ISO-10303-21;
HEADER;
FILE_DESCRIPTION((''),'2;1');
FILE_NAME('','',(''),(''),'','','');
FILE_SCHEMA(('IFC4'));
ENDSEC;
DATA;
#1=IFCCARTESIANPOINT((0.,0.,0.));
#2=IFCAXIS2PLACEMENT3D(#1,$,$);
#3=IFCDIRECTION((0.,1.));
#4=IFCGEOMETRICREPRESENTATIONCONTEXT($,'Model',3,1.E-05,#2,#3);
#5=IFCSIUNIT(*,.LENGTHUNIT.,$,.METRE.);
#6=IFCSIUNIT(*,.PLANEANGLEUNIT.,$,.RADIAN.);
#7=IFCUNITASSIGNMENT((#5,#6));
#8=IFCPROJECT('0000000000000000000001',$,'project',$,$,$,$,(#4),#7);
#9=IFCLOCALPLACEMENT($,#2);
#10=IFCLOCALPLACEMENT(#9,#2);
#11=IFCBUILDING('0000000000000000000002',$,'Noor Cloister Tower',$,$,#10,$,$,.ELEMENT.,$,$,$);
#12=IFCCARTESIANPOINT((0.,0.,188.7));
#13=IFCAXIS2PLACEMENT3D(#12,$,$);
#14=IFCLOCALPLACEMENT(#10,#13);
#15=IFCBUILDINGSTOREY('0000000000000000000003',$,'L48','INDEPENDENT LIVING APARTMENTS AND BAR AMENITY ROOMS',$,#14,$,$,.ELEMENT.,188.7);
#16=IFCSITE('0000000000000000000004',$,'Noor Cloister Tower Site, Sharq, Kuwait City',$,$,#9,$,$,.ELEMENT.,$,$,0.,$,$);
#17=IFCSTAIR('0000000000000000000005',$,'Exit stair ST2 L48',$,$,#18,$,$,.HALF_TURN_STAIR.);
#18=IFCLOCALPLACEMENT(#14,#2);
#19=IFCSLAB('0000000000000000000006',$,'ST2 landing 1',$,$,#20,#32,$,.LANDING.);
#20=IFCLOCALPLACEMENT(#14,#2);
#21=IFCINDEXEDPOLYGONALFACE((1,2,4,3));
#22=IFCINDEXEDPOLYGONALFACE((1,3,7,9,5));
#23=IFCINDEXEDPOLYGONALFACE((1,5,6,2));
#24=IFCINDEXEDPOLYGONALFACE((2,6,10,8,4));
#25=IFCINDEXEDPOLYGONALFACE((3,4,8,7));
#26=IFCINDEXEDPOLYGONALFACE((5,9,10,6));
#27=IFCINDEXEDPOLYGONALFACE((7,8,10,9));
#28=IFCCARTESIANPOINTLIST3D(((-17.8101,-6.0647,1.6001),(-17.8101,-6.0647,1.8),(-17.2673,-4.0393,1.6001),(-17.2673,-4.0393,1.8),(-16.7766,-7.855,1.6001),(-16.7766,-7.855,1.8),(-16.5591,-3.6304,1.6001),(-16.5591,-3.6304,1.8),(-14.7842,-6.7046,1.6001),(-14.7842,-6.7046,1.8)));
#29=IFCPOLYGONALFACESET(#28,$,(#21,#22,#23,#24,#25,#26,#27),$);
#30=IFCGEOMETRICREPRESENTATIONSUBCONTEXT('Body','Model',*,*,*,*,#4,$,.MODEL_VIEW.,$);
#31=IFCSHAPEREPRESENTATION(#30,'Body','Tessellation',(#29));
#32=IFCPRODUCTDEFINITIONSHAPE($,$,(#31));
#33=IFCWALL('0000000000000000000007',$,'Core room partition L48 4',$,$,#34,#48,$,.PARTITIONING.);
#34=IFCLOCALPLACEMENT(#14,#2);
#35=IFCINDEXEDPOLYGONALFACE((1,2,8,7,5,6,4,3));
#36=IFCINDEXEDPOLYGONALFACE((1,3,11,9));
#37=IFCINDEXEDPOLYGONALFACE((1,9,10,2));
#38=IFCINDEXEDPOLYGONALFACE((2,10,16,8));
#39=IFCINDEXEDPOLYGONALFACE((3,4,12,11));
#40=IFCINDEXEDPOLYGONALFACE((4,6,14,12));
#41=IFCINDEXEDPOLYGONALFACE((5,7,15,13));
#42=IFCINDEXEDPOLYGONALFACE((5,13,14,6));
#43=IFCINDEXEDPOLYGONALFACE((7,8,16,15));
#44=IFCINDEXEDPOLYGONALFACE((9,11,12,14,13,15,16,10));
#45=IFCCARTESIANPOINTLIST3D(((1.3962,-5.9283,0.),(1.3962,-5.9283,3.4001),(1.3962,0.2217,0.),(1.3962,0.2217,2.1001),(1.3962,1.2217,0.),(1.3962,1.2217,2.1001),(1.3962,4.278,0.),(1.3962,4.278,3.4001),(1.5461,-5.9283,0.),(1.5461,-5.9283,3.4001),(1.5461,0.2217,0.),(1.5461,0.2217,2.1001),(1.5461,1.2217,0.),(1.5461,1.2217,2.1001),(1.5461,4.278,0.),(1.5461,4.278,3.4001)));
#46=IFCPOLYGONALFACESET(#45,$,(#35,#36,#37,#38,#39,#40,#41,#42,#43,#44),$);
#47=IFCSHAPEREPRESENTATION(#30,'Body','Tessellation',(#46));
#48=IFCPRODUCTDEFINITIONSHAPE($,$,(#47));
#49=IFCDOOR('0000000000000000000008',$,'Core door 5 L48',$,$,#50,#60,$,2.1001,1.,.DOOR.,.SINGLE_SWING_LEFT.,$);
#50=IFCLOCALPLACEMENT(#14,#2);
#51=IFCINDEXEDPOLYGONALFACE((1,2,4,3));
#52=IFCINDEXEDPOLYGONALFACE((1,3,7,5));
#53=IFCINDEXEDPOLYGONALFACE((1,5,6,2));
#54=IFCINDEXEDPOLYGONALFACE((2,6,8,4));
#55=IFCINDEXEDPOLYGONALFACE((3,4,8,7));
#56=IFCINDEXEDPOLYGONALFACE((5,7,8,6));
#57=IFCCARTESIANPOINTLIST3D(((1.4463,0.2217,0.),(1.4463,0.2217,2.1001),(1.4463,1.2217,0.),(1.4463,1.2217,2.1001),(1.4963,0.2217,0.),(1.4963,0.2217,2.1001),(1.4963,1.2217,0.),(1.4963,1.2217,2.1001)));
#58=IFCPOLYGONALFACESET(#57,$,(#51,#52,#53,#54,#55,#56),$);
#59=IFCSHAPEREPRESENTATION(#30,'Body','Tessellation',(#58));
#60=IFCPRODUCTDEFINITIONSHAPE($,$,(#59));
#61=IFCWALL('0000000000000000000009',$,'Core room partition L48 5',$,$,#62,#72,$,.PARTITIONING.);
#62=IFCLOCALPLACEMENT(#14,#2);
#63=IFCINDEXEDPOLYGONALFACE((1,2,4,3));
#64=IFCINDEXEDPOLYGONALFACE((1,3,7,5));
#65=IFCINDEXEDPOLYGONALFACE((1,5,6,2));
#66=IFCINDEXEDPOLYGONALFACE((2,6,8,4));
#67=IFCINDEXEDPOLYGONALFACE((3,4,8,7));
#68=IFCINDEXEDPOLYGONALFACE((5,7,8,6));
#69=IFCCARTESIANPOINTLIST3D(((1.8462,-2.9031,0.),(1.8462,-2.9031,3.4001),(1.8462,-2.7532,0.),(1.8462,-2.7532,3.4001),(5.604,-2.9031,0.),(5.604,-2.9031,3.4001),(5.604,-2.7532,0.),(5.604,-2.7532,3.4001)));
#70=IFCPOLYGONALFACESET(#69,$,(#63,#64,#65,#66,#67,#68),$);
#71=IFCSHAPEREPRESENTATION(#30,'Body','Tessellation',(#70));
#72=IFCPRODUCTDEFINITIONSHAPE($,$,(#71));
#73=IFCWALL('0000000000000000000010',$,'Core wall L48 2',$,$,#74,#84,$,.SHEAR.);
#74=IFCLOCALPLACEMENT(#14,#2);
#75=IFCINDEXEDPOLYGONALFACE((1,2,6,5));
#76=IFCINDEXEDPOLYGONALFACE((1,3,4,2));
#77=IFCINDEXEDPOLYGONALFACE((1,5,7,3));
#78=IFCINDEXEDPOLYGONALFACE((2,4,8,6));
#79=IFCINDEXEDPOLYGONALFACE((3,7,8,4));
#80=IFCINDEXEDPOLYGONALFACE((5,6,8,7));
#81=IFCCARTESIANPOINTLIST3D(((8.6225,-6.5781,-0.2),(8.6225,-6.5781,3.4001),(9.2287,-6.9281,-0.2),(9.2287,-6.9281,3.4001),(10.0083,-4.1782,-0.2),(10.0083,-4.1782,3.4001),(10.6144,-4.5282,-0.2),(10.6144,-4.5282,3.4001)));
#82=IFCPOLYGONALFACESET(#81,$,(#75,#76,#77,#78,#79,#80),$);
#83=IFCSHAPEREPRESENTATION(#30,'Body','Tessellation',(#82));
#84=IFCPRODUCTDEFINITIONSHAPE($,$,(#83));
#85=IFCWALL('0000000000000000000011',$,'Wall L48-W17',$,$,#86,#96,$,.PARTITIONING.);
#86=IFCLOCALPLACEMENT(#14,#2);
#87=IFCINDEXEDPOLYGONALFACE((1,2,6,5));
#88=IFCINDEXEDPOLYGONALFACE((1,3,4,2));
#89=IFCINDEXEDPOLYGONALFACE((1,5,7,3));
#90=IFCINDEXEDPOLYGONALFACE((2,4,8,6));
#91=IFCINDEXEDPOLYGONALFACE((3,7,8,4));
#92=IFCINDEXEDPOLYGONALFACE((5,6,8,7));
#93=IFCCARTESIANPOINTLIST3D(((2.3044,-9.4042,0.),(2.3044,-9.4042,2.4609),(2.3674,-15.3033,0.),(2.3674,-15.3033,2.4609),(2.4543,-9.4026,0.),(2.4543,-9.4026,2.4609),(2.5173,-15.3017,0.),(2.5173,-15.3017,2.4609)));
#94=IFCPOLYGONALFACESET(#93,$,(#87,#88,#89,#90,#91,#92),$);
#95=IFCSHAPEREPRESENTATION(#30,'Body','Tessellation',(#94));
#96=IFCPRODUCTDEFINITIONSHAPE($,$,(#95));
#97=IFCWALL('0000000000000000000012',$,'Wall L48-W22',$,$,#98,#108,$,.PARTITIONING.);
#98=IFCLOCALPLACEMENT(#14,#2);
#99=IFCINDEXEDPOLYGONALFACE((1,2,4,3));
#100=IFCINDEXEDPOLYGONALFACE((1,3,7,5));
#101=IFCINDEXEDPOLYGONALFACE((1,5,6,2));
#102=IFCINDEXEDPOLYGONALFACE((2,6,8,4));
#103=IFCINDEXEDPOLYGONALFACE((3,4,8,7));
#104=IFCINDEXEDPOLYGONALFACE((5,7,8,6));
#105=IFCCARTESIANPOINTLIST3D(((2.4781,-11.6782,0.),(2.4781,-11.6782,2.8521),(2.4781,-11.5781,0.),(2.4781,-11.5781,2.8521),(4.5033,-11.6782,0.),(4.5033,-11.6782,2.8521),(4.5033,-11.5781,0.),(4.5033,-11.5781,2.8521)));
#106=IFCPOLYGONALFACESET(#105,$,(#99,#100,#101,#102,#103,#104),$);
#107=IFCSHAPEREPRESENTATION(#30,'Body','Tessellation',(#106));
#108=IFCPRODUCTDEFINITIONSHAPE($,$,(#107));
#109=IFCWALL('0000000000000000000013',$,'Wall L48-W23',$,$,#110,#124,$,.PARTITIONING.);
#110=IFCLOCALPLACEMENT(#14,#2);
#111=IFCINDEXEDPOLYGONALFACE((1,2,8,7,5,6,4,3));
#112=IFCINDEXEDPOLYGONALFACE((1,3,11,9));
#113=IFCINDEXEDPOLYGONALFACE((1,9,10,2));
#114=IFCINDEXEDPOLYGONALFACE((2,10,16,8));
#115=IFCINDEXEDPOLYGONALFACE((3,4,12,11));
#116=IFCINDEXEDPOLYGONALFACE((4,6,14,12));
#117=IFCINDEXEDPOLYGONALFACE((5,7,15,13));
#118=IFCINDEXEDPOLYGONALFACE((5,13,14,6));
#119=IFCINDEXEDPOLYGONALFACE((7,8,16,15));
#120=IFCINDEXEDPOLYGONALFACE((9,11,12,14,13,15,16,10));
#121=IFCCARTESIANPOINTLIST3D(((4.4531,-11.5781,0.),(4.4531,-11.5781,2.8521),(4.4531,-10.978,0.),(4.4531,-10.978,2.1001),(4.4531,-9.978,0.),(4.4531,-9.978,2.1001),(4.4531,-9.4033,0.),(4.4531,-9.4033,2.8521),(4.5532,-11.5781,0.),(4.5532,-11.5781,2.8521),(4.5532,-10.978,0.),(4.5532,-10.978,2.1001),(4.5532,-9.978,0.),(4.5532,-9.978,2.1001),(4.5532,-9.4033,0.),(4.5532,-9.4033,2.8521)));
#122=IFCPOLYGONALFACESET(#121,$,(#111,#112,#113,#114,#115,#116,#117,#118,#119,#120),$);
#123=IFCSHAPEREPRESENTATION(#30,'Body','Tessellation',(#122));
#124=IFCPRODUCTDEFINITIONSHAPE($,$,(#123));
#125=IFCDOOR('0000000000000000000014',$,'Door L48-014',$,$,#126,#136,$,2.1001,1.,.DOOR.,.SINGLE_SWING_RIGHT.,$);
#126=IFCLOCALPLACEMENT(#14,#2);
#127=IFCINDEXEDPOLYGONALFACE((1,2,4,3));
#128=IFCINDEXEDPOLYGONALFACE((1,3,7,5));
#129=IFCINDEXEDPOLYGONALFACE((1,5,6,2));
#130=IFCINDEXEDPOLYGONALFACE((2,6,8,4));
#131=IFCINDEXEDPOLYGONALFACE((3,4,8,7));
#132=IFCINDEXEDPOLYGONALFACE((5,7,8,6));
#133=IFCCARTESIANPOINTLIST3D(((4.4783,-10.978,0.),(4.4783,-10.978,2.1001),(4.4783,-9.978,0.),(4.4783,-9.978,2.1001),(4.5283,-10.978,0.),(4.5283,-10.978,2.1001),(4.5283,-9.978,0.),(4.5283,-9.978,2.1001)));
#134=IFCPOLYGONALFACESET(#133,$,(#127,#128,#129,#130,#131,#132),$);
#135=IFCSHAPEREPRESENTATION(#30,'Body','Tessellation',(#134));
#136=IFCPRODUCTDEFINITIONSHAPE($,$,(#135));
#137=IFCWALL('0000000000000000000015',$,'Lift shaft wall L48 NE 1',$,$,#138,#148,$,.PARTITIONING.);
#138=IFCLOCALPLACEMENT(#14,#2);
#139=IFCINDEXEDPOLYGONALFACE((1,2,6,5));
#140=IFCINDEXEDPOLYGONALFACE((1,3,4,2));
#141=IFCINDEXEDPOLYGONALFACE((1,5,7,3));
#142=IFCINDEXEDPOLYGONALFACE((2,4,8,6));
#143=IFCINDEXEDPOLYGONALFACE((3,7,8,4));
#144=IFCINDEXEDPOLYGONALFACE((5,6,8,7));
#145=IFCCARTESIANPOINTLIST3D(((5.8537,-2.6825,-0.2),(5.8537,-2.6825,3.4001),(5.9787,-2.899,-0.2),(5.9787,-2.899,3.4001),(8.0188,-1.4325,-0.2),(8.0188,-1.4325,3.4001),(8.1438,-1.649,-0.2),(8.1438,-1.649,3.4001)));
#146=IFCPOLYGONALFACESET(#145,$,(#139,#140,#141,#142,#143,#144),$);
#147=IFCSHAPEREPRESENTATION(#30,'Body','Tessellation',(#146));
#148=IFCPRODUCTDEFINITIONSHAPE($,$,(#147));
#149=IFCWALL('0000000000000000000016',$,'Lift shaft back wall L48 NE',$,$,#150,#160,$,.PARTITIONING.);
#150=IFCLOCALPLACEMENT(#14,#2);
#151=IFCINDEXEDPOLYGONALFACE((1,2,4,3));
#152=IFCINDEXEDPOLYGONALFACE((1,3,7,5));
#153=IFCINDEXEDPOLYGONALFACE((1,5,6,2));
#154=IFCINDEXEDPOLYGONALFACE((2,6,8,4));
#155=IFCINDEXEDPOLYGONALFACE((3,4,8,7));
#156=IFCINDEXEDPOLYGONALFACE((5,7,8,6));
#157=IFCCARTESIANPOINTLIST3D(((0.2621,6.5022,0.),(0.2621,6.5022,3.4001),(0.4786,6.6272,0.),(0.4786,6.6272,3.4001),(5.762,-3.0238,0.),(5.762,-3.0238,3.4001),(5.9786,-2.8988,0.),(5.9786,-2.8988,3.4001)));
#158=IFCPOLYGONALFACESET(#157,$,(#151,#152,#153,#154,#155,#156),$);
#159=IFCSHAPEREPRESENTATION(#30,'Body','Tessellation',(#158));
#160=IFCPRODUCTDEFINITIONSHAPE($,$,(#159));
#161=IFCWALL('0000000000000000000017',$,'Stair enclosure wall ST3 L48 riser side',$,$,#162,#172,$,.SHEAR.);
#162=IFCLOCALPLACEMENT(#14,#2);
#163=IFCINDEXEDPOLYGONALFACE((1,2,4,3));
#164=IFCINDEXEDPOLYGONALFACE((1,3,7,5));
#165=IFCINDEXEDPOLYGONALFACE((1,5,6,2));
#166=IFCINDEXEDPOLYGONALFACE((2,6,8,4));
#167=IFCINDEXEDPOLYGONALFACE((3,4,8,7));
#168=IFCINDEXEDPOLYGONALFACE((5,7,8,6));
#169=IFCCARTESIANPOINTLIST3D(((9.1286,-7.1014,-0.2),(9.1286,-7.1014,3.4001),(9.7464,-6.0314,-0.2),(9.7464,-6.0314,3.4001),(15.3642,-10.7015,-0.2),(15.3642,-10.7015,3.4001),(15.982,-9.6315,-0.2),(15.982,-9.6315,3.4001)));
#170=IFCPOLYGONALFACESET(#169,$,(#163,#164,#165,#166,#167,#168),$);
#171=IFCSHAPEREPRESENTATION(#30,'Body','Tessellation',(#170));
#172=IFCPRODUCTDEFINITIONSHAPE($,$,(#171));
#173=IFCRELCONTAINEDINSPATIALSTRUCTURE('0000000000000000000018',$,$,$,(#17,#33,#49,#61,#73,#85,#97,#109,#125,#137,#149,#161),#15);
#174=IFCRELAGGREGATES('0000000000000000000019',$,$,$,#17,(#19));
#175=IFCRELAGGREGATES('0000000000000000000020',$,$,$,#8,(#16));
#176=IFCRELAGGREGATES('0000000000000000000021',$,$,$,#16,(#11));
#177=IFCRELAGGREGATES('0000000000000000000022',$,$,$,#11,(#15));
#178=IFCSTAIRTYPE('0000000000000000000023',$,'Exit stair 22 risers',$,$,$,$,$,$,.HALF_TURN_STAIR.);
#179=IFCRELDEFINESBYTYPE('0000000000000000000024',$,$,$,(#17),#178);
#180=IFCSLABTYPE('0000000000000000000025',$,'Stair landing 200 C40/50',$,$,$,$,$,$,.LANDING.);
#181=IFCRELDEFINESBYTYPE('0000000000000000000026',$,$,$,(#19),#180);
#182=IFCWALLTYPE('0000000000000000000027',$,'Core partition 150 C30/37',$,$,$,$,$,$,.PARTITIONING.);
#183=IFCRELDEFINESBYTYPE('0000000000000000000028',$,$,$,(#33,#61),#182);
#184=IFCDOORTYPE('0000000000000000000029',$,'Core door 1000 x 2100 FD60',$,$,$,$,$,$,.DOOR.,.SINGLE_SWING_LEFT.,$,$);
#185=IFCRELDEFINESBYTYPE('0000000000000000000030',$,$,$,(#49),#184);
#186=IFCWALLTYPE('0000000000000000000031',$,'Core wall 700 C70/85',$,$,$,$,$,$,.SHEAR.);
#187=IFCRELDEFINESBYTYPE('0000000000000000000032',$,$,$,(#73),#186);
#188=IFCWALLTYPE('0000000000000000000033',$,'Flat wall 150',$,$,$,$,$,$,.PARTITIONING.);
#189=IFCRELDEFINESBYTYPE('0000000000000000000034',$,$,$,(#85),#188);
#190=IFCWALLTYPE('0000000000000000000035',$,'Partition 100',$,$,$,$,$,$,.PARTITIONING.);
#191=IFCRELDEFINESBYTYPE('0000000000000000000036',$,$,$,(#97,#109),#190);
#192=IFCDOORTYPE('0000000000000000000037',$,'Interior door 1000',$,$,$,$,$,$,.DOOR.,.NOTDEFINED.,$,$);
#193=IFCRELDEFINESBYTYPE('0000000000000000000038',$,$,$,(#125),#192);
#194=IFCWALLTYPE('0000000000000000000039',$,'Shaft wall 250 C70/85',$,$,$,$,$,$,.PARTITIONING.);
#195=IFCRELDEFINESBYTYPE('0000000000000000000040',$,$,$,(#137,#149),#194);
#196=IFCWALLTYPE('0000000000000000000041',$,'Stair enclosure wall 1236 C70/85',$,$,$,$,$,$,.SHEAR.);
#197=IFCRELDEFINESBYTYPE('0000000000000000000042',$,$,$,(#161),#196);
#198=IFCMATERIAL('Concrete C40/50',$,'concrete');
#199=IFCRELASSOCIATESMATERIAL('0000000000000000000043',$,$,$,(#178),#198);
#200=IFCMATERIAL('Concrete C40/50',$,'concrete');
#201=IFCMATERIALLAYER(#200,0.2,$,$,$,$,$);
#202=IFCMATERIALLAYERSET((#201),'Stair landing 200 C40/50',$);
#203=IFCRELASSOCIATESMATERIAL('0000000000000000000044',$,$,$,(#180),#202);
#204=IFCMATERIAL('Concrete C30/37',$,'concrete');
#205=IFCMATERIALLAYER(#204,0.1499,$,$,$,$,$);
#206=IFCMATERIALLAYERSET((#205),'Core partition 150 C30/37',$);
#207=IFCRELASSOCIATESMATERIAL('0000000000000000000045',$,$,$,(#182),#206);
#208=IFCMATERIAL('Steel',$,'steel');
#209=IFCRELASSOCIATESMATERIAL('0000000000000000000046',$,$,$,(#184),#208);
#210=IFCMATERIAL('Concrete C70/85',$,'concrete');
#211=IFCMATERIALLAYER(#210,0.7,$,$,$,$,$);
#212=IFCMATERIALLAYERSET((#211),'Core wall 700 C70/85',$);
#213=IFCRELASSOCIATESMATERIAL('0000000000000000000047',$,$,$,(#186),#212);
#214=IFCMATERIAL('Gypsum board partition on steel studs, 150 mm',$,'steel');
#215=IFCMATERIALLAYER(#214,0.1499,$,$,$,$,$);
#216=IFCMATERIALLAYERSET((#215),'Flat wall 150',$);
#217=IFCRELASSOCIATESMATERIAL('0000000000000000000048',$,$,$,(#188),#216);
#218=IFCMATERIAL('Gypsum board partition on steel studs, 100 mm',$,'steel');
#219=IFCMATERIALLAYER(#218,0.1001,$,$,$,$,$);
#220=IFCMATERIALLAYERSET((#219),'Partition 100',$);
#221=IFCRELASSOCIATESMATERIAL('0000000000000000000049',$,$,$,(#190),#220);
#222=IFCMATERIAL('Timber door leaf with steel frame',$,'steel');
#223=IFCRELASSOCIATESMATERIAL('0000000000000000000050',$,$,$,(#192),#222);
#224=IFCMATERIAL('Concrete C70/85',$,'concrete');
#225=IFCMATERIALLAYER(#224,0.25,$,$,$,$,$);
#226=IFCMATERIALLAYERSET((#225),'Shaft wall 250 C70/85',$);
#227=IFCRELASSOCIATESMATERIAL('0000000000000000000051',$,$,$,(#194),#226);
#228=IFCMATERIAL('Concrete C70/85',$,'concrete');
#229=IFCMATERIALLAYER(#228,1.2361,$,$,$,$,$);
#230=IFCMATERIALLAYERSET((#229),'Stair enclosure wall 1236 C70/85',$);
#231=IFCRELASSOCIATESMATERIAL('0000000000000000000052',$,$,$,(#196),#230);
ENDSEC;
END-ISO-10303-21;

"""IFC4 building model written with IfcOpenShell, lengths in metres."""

from ifc_helpers import new_model, si_unit, direction, frame, frame_2d, origin, place, context, subcontext, project, spatial, polyline, rectangle, outline, extrude, material, layer, layer_set, type_object, element, fill, aggregate, save


model = new_model("IFC4")

# Units and contexts
model_context = context("Model", 3, precision=1e-05, world=origin(), true_north=direction((0.0, 1.0)))
body_context = subcontext(model_context, "Body", "Model", "MODEL_VIEW")
ifc_project = project(units=[si_unit("LENGTHUNIT", "METRE"), si_unit("PLANEANGLEUNIT", "RADIAN")], contexts=[model_context])

# Site, building, storey
site_placement = place(None, origin())
site = spatial("IfcSite", under=ifc_project, at=site_placement, Name="Noor Cloister Tower Site, Sharq, Kuwait City", CompositionType="ELEMENT", RefElevation=0.0)
building_placement = place(site_placement, origin())
building = spatial("IfcBuilding", under=site, at=building_placement, Name="Noor Cloister Tower", CompositionType="ELEMENT")
storey_placement = place(building_placement, frame((0.0, 0.0, 188.7)))
storey = spatial("IfcBuildingStorey", under=building, at=storey_placement, Name="L48", Description="INDEPENDENT LIVING APARTMENTS AND BAR AMENITY ROOMS", CompositionType="ELEMENT", Elevation=188.7)

# Stair, slab
ifc_material_1 = material(Name="Concrete C40/50", Category="concrete")
stair_type = type_object("IfcStairType", Name="Exit stair 22 risers", PredefinedType="HALF_TURN_STAIR", material=ifc_material_1)
ifc_material_2 = material(Name="Concrete C40/50", Category="concrete")
ifc_layer_1 = layer(ifc_material_2, 0.2)
ifc_layer_set_1 = layer_set([ifc_layer_1], Name="Stair landing 200 C40/50")
slab_type = type_object("IfcSlabType", Name="Stair landing 200 C40/50", PredefinedType="LANDING", material=ifc_layer_set_1)
stair_1_placement = place(storey_placement, origin())
stair_1 = element("IfcStair", 1, at=stair_1_placement, inside=storey, type_object=stair_type, Name="Exit stair ST2 L48", PredefinedType="HALF_TURN_STAIR")
slab_1_placement = place(storey_placement, frame((0.0, 0.0, 1.6001)))
slab_1 = element("IfcSlab", 2, at=slab_1_placement, type_object=slab_type, Name="ST2 landing 1", PredefinedType="LANDING", context=body_context, shape_type="SweptSolid", body=[
    extrude(outline(polyline([(-16.5591, -3.6304), (-17.2673, -4.0393), (-17.8101, -6.0647), (-16.7766, -7.855), (-14.7842, -6.7046), (-16.5591, -3.6304)])), origin(), (0.0, 0.0, 1.0), 0.2),
])
aggregate(stair_1, [slab_1])

# Wall, opening, door
ifc_material_3 = material(Name="Concrete C30/37", Category="concrete")
ifc_layer_2 = layer(ifc_material_3, 0.1499)
ifc_layer_set_2 = layer_set([ifc_layer_2], Name="Core partition 150 C30/37")
wall_type_1 = type_object("IfcWallType", Name="Core partition 150 C30/37", PredefinedType="PARTITIONING", material=ifc_layer_set_2)
wall_1_placement = place(storey_placement, frame((1.4712, -5.9282, 0.0), z_axis=(0.0, 0.0, 1.0), x_axis=(0.0, 1.0, 0.0)))
wall_1 = element("IfcWall", 3, at=wall_1_placement, inside=storey, type_object=wall_type_1, Name="Core room partition L48 4", PredefinedType="PARTITIONING", context=body_context, shape_type="SweptSolid", body=[
    extrude(rectangle(XDim=10.2063, YDim=0.1499, at=frame_2d((5.103, 0.0))), origin(), (0.0, 0.0, 1.0), 3.4001),
])
opening_1_placement = place(wall_1_placement, frame((6.1499, 0.0, 0.0)))
opening_1 = element("IfcOpeningElement", 4, at=opening_1_placement, cuts=wall_1, PredefinedType="OPENING", context=body_context, shape_type="SweptSolid", body=[
    extrude(rectangle(XDim=1.0, YDim=2.1001, at=frame_2d((0.5, 1.05))), frame((0.0, 0.085, 0.0), z_axis=(0.0, -1.0, 0.0), x_axis=(1.0, 0.0, 0.0)), (0.0, 0.0, 1.0), 0.1699),
])
ifc_material_4 = material(Name="Steel", Category="steel")
door_type_1 = type_object("IfcDoorType", Name="Core door 1000 x 2100 FD60", OperationType="SINGLE_SWING_LEFT", PredefinedType="DOOR", material=ifc_material_4)
door_1_placement = place(opening_1_placement, origin())
door_1 = element("IfcDoor", 5, at=door_1_placement, inside=storey, type_object=door_type_1, Name="Core door 5 L48", OperationType="SINGLE_SWING_LEFT", OverallHeight=2.1001, OverallWidth=1.0, PredefinedType="DOOR", context=body_context, shape_type="SweptSolid", body=[
    extrude(rectangle(XDim=1.0, YDim=2.1001, at=frame_2d((0.5, 1.05))), frame((0.0, 0.0249, 0.0), z_axis=(0.0, -1.0, 0.0), x_axis=(1.0, 0.0, 0.0)), (0.0, 0.0, 1.0), 0.05),
])
fill(opening_1, door_1)

# Walls
wall_2_placement = place(storey_placement, frame((1.8462, -2.8281, 0.0), z_axis=(0.0, 0.0, 1.0), x_axis=(1.0, 0.0, 0.0)))
element("IfcWall", 6, at=wall_2_placement, inside=storey, type_object=wall_type_1, Name="Core room partition L48 5", PredefinedType="PARTITIONING", context=body_context, shape_type="SweptSolid", body=[
    extrude(rectangle(XDim=3.7578, YDim=0.1499, at=frame_2d((1.8789, 0.0))), origin(), (0.0, 0.0, 1.0), 3.4001),
])
ifc_material_5 = material(Name="Concrete C70/85", Category="concrete")
ifc_layer_3 = layer(ifc_material_5, 0.7)
ifc_layer_set_3 = layer_set([ifc_layer_3], Name="Core wall 700 C70/85")
wall_type_2 = type_object("IfcWallType", Name="Core wall 700 C70/85", PredefinedType="SHEAR", material=ifc_layer_set_3)
wall_3_placement = place(storey_placement, frame((8.9255, -6.7532, -0.2), z_axis=(0.0, 0.0, 1.0), x_axis=(0.500043, 0.866001, 0.0)))
element("IfcWall", 7, at=wall_3_placement, inside=storey, type_object=wall_type_2, Name="Core wall L48 2", PredefinedType="SHEAR", context=body_context, shape_type="SweptSolid", body=[
    extrude(rectangle(XDim=2.7712, YDim=0.7, at=frame_2d((1.3857, 0.0))), origin(), (0.0, 0.0, 1.0), 3.6001),
])
ifc_material_6 = material(Name="Gypsum board partition on steel studs, 150 mm", Category="steel")
ifc_layer_4 = layer(ifc_material_6, 0.1499)
ifc_layer_set_4 = layer_set([ifc_layer_4], Name="Flat wall 150")
wall_type_3 = type_object("IfcWallType", Name="Flat wall 150", PredefinedType="PARTITIONING", material=ifc_layer_set_4)
wall_4_placement = place(storey_placement, frame((2.4424, -15.3025, 0.0), z_axis=(0.0, 0.0, 1.0), x_axis=(-0.010677, 0.999943, 0.0)))
element("IfcWall", 8, at=wall_4_placement, inside=storey, type_object=wall_type_3, Name="Wall L48-W17", PredefinedType="PARTITIONING", context=body_context, shape_type="SweptSolid", body=[
    extrude(rectangle(XDim=5.8994, YDim=0.1499, at=frame_2d((2.9497, 0.0))), origin(), (0.0, 0.0, 1.0), 2.4609),
])
ifc_material_7 = material(Name="Gypsum board partition on steel studs, 100 mm", Category="steel")
ifc_layer_5 = layer(ifc_material_7, 0.1001)
ifc_layer_set_5 = layer_set([ifc_layer_5], Name="Partition 100")
wall_type_4 = type_object("IfcWallType", Name="Partition 100", PredefinedType="PARTITIONING", material=ifc_layer_set_5)
wall_5_placement = place(storey_placement, frame((2.478, -11.6282, 0.0), z_axis=(0.0, 0.0, 1.0), x_axis=(1.0, 0.0, 0.0)))
element("IfcWall", 9, at=wall_5_placement, inside=storey, type_object=wall_type_4, Name="Wall L48-W22", PredefinedType="PARTITIONING", context=body_context, shape_type="SweptSolid", body=[
    extrude(rectangle(XDim=2.0251, YDim=0.1001, at=frame_2d((1.0127, 0.0))), origin(), (0.0, 0.0, 1.0), 2.8521),
])

# Wall, opening, door
wall_6_placement = place(storey_placement, frame((4.5032, -11.5781, 0.0), z_axis=(0.0, 0.0, 1.0), x_axis=(0.0, 1.0, 0.0)))
wall_6 = element("IfcWall", 10, at=wall_6_placement, inside=storey, type_object=wall_type_4, Name="Wall L48-W23", PredefinedType="PARTITIONING", context=body_context, shape_type="SweptSolid", body=[
    extrude(rectangle(XDim=2.1748, YDim=0.1001, at=frame_2d((1.0874, 0.0))), origin(), (0.0, 0.0, 1.0), 2.8521),
])
opening_2_placement = place(wall_6_placement, frame((0.6001, 0.0, 0.0)))
opening_2 = element("IfcOpeningElement", 11, at=opening_2_placement, cuts=wall_6, PredefinedType="OPENING", context=body_context, shape_type="SweptSolid", body=[
    extrude(rectangle(XDim=1.0, YDim=2.1001, at=frame_2d((0.5, 1.05))), frame((0.0, 0.0601, 0.0), z_axis=(0.0, -1.0, 0.0), x_axis=(1.0, 0.0, 0.0)), (0.0, 0.0, 1.0), 0.1201),
])
ifc_material_8 = material(Name="Timber door leaf with steel frame", Category="steel")
door_type_2 = type_object("IfcDoorType", Name="Interior door 1000", OperationType="NOTDEFINED", PredefinedType="DOOR", material=ifc_material_8)
door_2_placement = place(opening_2_placement, origin())
door_2 = element("IfcDoor", 12, at=door_2_placement, inside=storey, type_object=door_type_2, Name="Door L48-014", OperationType="SINGLE_SWING_RIGHT", OverallHeight=2.1001, OverallWidth=1.0, PredefinedType="DOOR", context=body_context, shape_type="SweptSolid", body=[
    extrude(rectangle(XDim=1.0, YDim=2.1001, at=frame_2d((0.5, 1.05))), frame((0.0, 0.0249, 0.0), z_axis=(0.0, -1.0, 0.0), x_axis=(1.0, 0.0, 0.0)), (0.0, 0.0, 1.0), 0.05),
])
fill(opening_2, door_2)

# Walls
ifc_material_9 = material(Name="Concrete C70/85", Category="concrete")
ifc_layer_6 = layer(ifc_material_9, 0.25)
ifc_layer_set_6 = layer_set([ifc_layer_6], Name="Shaft wall 250 C70/85")
wall_type_5 = type_object("IfcWallType", Name="Shaft wall 250 C70/85", PredefinedType="PARTITIONING", material=ifc_layer_set_6)
wall_7_placement = place(storey_placement, frame((8.0813, -1.5408, -0.2), z_axis=(0.0, 0.0, 1.0), x_axis=(-0.866023, -0.500004, 0.0)))
element("IfcWall", 13, at=wall_7_placement, inside=storey, type_object=wall_type_5, Name="Lift shaft wall L48 NE 1", PredefinedType="PARTITIONING", context=body_context, shape_type="SweptSolid", body=[
    extrude(rectangle(XDim=2.5, YDim=0.25, at=frame_2d((1.25, 0.0))), origin(), (0.0, 0.0, 1.0), 3.6001),
])
wall_8_placement = place(storey_placement, frame((5.8704, -2.9614, 0.0), z_axis=(0.0, 0.0, 1.0), x_axis=(-0.500006, 0.866022, 0.0)))
element("IfcWall", 14, at=wall_8_placement, inside=storey, type_object=wall_type_5, Name="Lift shaft back wall L48 NE", PredefinedType="PARTITIONING", context=body_context, shape_type="SweptSolid", body=[
    extrude(rectangle(XDim=10.9998, YDim=0.25, at=frame_2d((5.5, 0.0))), origin(), (0.0, 0.0, 1.0), 3.4001),
])
ifc_material_10 = material(Name="Concrete C70/85", Category="concrete")
ifc_layer_7 = layer(ifc_material_10, 1.2361)
ifc_layer_set_7 = layer_set([ifc_layer_7], Name="Stair enclosure wall 1236 C70/85")
wall_type_6 = type_object("IfcWallType", Name="Stair enclosure wall 1236 C70/85", PredefinedType="SHEAR", material=ifc_layer_set_7)
wall_9_placement = place(storey_placement, frame((9.4375, -6.5664, -0.2), z_axis=(0.0, 0.0, 1.0), x_axis=(0.866027, -0.499997, 0.0)))
element("IfcWall", 15, at=wall_9_placement, inside=storey, type_object=wall_type_6, Name="Stair enclosure wall ST3 L48 riser side", PredefinedType="SHEAR", context=body_context, shape_type="SweptSolid", body=[
    extrude(rectangle(XDim=7.2002, YDim=1.2356, at=frame_2d((3.6001, 0.0))), origin(), (0.0, 0.0, 1.0), 3.6001),
])

save(model, "model.ifc")
